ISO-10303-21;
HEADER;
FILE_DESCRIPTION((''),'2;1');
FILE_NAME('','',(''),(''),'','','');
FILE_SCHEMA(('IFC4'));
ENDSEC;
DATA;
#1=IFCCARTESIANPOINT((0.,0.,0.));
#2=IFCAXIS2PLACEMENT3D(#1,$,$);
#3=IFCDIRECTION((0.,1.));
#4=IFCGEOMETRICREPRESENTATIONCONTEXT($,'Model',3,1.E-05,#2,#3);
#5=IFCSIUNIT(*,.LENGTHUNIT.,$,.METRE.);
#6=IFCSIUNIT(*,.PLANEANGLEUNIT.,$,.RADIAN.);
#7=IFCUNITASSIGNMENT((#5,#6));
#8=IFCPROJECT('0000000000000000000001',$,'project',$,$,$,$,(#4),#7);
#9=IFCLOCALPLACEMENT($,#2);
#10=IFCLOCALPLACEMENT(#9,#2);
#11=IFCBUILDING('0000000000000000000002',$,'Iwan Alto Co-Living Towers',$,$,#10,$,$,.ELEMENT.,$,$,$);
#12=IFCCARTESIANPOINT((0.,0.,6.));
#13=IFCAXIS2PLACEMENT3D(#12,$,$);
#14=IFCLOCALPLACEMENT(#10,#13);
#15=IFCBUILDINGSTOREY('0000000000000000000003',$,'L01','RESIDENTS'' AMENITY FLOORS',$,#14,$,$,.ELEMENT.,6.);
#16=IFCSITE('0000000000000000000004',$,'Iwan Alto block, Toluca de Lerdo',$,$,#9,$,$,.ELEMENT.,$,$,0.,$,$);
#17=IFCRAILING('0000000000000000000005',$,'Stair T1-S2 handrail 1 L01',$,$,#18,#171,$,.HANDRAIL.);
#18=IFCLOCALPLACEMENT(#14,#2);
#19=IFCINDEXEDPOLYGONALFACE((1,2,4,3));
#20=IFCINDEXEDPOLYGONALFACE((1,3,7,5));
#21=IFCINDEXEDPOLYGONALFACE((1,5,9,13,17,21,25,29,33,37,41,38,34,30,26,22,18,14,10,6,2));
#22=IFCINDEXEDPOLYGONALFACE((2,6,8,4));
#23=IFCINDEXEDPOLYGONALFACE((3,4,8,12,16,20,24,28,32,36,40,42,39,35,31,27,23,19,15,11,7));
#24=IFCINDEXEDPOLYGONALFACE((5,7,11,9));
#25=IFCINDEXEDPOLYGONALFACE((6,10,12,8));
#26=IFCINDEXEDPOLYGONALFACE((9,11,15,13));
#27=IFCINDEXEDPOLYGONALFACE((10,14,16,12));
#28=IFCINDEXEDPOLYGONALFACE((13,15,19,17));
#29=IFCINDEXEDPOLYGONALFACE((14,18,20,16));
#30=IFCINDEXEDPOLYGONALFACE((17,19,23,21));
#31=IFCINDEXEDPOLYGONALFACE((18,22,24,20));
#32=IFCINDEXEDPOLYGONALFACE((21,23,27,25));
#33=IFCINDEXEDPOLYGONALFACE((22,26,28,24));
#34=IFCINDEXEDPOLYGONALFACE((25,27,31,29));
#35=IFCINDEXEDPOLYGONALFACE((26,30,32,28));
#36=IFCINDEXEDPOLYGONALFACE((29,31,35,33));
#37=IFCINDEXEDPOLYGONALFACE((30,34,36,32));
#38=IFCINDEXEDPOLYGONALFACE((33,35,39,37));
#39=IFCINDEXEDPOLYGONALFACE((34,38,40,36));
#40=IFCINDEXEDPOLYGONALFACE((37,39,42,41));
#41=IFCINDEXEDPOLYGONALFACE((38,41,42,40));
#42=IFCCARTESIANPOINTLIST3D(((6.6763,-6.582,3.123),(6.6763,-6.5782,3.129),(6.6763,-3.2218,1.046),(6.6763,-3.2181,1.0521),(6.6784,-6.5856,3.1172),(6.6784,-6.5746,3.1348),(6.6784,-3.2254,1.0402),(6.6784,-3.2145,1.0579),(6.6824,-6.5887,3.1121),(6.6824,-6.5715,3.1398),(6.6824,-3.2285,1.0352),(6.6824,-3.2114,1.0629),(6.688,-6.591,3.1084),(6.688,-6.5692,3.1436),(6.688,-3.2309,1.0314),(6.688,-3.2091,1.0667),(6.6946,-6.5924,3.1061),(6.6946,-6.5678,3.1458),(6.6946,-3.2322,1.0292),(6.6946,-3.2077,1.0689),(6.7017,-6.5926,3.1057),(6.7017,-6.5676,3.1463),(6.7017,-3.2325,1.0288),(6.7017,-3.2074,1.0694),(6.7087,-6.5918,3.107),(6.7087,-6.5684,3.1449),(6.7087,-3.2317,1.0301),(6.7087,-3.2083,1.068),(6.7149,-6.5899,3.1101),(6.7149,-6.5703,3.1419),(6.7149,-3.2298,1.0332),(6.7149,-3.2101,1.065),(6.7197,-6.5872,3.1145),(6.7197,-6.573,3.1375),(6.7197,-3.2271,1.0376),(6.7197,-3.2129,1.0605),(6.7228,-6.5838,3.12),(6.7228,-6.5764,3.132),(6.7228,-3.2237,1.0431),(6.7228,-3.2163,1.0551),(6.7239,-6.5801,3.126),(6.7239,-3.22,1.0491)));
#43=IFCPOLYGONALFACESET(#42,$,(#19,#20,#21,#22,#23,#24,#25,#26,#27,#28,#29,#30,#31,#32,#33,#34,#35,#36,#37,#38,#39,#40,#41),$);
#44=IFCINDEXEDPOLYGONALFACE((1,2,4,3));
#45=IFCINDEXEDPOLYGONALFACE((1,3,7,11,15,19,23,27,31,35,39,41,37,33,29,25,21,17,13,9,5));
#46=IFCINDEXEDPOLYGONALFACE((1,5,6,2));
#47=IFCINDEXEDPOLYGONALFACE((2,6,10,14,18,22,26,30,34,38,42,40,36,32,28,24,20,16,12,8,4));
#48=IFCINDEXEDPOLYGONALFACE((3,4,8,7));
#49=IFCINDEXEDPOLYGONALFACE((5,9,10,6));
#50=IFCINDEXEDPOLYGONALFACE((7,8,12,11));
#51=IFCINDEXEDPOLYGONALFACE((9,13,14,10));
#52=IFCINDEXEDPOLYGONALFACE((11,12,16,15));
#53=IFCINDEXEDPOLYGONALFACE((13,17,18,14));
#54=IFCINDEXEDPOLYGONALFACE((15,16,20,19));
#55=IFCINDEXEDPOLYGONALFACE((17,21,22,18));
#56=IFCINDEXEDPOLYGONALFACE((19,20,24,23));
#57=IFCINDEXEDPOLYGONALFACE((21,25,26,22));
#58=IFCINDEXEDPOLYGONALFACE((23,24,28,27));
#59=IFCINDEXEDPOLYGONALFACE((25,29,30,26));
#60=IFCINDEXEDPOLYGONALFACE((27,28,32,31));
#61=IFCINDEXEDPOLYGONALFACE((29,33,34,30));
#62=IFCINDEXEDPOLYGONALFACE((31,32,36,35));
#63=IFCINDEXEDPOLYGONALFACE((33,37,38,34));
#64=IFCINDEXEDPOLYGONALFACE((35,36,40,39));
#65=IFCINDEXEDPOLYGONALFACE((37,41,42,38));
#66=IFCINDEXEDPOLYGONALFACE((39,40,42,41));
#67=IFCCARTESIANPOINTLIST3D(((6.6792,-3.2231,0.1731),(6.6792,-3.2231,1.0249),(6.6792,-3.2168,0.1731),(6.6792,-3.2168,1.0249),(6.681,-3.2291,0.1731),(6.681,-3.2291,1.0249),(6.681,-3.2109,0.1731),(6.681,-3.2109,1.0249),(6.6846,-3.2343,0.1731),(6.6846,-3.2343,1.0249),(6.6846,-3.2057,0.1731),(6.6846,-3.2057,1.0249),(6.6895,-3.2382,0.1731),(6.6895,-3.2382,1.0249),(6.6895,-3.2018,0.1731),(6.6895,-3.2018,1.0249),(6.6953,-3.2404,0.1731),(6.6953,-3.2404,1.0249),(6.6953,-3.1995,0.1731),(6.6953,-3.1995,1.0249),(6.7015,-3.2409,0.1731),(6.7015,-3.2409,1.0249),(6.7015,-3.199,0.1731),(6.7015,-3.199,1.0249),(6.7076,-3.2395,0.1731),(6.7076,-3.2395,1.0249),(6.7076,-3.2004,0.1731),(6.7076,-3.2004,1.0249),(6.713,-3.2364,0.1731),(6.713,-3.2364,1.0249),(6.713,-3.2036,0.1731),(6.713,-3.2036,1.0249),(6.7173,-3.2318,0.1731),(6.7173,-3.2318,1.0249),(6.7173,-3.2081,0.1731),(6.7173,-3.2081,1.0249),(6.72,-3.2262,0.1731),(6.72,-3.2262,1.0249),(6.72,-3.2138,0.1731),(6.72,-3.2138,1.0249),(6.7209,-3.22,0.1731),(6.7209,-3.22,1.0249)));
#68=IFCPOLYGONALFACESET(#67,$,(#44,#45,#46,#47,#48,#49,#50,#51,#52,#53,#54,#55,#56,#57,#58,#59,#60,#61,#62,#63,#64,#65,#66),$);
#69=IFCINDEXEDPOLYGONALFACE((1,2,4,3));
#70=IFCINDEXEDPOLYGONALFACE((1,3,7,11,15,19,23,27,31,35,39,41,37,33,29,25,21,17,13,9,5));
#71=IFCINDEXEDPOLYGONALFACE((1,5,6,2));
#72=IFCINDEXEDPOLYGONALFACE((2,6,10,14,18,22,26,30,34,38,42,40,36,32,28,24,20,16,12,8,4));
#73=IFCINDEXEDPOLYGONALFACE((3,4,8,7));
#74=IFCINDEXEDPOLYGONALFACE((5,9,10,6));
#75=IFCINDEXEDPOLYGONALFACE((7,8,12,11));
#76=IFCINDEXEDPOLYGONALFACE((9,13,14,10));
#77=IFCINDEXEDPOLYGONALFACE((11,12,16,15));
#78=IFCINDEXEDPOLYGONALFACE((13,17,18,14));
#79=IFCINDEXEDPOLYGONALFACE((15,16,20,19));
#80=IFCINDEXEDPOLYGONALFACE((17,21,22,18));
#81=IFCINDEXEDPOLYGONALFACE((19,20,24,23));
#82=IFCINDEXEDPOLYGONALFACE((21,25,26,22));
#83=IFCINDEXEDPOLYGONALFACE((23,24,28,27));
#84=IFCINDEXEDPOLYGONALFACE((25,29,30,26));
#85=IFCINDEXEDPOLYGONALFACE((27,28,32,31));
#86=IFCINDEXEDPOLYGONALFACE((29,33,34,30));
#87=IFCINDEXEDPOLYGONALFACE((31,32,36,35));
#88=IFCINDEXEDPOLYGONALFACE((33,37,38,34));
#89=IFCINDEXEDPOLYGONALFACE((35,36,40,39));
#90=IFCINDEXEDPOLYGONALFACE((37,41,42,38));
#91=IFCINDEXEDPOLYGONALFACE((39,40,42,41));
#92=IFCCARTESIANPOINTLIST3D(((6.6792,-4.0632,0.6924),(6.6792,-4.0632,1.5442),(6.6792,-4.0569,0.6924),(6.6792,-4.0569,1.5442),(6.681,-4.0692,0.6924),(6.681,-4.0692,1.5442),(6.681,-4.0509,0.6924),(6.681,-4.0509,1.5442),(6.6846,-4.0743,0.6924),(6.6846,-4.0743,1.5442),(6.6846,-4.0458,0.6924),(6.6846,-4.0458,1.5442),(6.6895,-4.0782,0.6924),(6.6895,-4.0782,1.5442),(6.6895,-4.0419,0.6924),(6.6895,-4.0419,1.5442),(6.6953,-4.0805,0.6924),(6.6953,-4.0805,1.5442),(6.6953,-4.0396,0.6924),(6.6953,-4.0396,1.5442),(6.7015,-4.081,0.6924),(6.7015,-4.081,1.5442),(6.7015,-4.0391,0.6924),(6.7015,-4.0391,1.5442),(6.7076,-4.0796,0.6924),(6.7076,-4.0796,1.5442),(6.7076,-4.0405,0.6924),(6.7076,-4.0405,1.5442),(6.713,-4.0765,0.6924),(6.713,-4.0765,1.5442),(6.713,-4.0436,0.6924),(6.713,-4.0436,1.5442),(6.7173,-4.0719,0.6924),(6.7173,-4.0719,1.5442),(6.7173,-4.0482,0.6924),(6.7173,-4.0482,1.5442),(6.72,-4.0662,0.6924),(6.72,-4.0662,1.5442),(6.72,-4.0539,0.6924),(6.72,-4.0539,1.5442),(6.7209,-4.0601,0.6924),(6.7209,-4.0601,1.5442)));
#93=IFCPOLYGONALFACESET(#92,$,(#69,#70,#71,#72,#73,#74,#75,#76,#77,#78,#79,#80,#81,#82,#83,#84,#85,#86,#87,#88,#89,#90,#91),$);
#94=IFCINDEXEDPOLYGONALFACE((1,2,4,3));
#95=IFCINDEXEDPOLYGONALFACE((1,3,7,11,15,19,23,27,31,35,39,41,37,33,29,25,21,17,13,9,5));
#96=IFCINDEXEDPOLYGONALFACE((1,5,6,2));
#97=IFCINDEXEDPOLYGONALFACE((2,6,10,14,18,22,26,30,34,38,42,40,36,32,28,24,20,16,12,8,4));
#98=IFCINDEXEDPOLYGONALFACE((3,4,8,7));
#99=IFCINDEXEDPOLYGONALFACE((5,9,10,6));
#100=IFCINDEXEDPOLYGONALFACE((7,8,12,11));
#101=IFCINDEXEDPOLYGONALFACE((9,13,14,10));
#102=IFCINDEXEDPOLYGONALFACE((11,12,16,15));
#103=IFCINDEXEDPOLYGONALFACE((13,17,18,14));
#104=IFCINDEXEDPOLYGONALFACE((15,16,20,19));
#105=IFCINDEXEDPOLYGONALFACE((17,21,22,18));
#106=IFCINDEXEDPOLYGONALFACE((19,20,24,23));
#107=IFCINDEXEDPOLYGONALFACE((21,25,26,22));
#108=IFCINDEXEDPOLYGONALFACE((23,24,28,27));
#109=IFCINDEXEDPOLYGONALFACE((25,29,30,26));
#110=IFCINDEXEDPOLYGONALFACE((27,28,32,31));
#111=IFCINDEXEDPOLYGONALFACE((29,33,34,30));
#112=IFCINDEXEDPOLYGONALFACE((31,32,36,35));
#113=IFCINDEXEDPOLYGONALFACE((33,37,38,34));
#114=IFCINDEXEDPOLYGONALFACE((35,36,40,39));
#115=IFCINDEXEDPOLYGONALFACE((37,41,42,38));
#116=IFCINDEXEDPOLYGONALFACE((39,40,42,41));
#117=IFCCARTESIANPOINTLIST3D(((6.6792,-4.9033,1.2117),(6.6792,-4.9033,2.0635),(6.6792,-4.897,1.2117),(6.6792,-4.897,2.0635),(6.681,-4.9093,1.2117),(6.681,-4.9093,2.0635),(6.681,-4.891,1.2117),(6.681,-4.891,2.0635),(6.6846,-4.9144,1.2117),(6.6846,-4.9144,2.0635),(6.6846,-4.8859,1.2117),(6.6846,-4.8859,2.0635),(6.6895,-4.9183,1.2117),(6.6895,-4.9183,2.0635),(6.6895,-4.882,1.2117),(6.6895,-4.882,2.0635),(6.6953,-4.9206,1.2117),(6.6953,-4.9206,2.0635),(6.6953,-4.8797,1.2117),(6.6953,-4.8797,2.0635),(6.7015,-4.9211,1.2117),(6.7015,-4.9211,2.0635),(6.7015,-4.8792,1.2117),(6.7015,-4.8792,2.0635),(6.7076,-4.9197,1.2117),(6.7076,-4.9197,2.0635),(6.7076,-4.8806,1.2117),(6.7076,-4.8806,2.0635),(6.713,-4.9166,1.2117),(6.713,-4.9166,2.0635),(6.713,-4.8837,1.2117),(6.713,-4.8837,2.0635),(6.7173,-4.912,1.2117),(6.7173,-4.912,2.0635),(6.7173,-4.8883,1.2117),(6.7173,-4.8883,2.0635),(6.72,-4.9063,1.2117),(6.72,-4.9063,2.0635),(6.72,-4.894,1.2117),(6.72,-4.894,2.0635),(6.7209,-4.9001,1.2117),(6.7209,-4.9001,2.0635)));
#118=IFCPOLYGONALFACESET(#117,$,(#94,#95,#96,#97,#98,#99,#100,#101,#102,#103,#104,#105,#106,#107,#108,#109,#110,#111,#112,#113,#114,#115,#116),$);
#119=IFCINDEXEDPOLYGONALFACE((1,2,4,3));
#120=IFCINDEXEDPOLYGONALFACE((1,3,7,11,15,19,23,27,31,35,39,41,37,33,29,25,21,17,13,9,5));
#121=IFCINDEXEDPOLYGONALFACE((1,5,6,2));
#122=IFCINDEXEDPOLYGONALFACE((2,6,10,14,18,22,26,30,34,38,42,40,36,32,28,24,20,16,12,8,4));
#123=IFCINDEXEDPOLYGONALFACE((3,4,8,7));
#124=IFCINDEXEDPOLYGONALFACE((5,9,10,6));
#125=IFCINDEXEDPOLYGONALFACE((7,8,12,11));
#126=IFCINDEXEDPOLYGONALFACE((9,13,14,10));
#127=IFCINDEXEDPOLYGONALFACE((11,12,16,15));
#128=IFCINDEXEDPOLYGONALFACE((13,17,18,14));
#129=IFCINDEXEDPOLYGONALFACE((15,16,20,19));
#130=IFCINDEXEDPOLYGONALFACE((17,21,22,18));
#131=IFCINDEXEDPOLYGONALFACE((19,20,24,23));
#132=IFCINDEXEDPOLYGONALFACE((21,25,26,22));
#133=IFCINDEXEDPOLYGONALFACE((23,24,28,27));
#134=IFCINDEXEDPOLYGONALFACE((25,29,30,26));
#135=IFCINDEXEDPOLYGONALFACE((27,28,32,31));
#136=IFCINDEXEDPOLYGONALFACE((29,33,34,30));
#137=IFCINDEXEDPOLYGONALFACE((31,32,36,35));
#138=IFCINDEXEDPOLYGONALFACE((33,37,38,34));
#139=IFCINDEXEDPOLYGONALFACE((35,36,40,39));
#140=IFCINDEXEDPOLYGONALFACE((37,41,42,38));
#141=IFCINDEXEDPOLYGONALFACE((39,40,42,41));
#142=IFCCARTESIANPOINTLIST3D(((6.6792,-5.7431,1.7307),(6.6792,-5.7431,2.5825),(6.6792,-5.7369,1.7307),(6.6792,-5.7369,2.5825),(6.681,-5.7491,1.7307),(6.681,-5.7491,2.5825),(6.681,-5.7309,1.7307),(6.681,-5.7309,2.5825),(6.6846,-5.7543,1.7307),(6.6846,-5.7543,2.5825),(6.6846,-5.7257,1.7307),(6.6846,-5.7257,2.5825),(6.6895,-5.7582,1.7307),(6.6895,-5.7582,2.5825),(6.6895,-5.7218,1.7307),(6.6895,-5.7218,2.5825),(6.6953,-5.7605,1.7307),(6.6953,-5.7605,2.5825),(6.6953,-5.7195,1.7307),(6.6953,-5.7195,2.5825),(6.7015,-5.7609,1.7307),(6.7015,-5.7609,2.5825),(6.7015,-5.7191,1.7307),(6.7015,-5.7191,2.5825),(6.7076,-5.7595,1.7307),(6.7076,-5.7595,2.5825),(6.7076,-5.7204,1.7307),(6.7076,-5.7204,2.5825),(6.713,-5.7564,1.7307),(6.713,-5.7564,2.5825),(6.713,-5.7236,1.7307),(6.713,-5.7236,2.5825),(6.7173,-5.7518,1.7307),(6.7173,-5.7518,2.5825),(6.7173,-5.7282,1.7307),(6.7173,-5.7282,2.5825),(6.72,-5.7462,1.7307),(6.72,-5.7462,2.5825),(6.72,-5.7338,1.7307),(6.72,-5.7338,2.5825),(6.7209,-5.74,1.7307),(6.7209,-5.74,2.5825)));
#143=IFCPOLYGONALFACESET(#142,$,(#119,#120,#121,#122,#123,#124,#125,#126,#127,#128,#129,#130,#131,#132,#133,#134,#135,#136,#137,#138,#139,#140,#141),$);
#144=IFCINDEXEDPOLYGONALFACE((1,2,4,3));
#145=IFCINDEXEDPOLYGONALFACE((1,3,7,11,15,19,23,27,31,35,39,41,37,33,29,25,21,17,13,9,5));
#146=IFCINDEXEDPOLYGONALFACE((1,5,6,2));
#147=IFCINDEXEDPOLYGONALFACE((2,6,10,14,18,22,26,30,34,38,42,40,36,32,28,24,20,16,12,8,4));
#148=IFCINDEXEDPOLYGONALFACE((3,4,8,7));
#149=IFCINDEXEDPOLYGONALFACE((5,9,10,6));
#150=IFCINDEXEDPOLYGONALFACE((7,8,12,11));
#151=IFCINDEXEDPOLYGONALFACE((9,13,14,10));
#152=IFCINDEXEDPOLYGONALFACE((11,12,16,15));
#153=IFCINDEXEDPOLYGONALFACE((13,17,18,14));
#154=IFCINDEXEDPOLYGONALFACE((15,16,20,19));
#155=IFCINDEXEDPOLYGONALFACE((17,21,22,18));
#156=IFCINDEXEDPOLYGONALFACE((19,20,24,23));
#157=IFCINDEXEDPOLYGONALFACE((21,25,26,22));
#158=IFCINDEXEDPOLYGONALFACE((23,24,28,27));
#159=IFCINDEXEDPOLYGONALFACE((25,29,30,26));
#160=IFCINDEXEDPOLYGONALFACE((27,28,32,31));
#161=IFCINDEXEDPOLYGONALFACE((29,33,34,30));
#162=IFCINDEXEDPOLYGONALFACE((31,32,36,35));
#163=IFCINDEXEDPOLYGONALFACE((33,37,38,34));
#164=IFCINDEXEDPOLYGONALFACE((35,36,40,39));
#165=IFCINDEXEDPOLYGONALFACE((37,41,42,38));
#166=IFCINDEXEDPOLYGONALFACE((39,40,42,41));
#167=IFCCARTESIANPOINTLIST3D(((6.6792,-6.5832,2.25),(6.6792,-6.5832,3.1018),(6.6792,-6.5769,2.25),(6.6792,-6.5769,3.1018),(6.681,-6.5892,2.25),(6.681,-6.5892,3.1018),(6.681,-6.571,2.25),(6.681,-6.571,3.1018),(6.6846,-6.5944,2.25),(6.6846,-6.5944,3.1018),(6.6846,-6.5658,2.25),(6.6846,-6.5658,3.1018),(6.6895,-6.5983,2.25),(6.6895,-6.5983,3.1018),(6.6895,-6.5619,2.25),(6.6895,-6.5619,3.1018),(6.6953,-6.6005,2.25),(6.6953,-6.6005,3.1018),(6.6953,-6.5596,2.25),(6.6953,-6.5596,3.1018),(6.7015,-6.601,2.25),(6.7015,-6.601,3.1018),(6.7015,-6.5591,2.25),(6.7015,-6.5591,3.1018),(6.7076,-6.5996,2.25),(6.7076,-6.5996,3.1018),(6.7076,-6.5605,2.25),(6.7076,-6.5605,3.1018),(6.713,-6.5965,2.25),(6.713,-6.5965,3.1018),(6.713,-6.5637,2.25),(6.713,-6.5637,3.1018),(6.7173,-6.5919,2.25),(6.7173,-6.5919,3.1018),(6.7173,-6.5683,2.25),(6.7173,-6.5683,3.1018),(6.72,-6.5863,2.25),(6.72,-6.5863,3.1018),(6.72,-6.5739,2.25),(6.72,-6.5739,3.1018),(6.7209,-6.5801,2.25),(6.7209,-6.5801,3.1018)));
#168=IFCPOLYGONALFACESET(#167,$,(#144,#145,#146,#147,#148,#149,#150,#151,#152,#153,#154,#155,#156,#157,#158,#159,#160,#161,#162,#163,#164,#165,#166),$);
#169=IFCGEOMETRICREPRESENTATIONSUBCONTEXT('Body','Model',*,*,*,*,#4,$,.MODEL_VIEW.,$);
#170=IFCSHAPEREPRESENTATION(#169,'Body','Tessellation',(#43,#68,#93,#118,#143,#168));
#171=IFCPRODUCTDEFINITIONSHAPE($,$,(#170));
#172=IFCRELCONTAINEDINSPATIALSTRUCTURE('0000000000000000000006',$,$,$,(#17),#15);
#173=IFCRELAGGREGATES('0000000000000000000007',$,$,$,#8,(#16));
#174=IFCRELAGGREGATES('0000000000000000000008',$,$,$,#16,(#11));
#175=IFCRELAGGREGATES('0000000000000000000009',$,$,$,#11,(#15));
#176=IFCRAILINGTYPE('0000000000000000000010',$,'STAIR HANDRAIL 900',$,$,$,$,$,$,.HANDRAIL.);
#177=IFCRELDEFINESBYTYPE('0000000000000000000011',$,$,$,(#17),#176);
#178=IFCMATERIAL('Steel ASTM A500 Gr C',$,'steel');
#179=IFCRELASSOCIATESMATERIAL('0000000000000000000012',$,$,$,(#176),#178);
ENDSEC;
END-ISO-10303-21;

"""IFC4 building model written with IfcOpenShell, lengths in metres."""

from ifc_helpers import new_model, si_unit, direction, frame, origin, origin_2d, place, context, subcontext, project, spatial, circle, extrude, material, type_object, element, save


model = new_model("IFC4")

# Units and contexts
model_context = context("Model", 3, precision=1e-05, world=origin(), true_north=direction((0.0, 1.0)))
body_context = subcontext(model_context, "Body", "Model", "MODEL_VIEW")
ifc_project = project(units=[si_unit("LENGTHUNIT", "METRE"), si_unit("PLANEANGLEUNIT", "RADIAN")], contexts=[model_context])

# Site, building, storey
site_placement = place(None, origin())
site = spatial("IfcSite", under=ifc_project, at=site_placement, Name="Iwan Alto block, Toluca de Lerdo", CompositionType="ELEMENT", RefElevation=0.0)
building_placement = place(site_placement, origin())
building = spatial("IfcBuilding", under=site, at=building_placement, Name="Iwan Alto Co-Living Towers", CompositionType="ELEMENT")
storey_placement = place(building_placement, frame((0.0, 0.0, 6.0)))
storey = spatial("IfcBuildingStorey", under=building, at=storey_placement, Name="L01", Description="RESIDENTS' AMENITY FLOORS", CompositionType="ELEMENT", Elevation=6.0)

# Railing
ifc_material_1 = material(Name="Steel ASTM A500 Gr C", Category="steel")
railing_type_1 = type_object("IfcRailingType", Name="STAIR HANDRAIL 900", PredefinedType="HANDRAIL", material=ifc_material_1)
railing_1_placement = place(storey_placement, frame((6.7, -3.22, 0.1731)))
element("IfcRailing", 1, at=railing_1_placement, inside=storey, type_object=railing_type_1, Name="Stair T1-S2 handrail 1 L01", PredefinedType="HANDRAIL", context=body_context, shape_type="SweptSolid", body=[
    extrude(circle(Radius=0.0239, at=origin_2d()), frame((0.0, 0.0, 0.876), z_axis=(0.0, -0.850623, 0.525776), x_axis=(1.0, 0.0, 0.0)), (0.0, 0.0, 1.0), 3.9502),
    extrude(circle(Radius=0.021, at=origin_2d()), origin(), (0.0, 0.0, 1.0), 0.8518),
    extrude(circle(Radius=0.021, at=origin_2d()), frame((0.0, -0.8401, 0.5193)), (0.0, 0.0, 1.0), 0.8518),
    extrude(circle(Radius=0.021, at=origin_2d()), frame((0.0, -1.6802, 1.0386)), (0.0, 0.0, 1.0), 0.8518),
    extrude(circle(Radius=0.021, at=origin_2d()), frame((0.0, -2.52, 1.5576)), (0.0, 0.0, 1.0), 0.8518),
    extrude(circle(Radius=0.021, at=origin_2d()), frame((0.0, -3.3601, 2.0769)), (0.0, 0.0, 1.0), 0.8518),
])

save(model, "model.ifc")
